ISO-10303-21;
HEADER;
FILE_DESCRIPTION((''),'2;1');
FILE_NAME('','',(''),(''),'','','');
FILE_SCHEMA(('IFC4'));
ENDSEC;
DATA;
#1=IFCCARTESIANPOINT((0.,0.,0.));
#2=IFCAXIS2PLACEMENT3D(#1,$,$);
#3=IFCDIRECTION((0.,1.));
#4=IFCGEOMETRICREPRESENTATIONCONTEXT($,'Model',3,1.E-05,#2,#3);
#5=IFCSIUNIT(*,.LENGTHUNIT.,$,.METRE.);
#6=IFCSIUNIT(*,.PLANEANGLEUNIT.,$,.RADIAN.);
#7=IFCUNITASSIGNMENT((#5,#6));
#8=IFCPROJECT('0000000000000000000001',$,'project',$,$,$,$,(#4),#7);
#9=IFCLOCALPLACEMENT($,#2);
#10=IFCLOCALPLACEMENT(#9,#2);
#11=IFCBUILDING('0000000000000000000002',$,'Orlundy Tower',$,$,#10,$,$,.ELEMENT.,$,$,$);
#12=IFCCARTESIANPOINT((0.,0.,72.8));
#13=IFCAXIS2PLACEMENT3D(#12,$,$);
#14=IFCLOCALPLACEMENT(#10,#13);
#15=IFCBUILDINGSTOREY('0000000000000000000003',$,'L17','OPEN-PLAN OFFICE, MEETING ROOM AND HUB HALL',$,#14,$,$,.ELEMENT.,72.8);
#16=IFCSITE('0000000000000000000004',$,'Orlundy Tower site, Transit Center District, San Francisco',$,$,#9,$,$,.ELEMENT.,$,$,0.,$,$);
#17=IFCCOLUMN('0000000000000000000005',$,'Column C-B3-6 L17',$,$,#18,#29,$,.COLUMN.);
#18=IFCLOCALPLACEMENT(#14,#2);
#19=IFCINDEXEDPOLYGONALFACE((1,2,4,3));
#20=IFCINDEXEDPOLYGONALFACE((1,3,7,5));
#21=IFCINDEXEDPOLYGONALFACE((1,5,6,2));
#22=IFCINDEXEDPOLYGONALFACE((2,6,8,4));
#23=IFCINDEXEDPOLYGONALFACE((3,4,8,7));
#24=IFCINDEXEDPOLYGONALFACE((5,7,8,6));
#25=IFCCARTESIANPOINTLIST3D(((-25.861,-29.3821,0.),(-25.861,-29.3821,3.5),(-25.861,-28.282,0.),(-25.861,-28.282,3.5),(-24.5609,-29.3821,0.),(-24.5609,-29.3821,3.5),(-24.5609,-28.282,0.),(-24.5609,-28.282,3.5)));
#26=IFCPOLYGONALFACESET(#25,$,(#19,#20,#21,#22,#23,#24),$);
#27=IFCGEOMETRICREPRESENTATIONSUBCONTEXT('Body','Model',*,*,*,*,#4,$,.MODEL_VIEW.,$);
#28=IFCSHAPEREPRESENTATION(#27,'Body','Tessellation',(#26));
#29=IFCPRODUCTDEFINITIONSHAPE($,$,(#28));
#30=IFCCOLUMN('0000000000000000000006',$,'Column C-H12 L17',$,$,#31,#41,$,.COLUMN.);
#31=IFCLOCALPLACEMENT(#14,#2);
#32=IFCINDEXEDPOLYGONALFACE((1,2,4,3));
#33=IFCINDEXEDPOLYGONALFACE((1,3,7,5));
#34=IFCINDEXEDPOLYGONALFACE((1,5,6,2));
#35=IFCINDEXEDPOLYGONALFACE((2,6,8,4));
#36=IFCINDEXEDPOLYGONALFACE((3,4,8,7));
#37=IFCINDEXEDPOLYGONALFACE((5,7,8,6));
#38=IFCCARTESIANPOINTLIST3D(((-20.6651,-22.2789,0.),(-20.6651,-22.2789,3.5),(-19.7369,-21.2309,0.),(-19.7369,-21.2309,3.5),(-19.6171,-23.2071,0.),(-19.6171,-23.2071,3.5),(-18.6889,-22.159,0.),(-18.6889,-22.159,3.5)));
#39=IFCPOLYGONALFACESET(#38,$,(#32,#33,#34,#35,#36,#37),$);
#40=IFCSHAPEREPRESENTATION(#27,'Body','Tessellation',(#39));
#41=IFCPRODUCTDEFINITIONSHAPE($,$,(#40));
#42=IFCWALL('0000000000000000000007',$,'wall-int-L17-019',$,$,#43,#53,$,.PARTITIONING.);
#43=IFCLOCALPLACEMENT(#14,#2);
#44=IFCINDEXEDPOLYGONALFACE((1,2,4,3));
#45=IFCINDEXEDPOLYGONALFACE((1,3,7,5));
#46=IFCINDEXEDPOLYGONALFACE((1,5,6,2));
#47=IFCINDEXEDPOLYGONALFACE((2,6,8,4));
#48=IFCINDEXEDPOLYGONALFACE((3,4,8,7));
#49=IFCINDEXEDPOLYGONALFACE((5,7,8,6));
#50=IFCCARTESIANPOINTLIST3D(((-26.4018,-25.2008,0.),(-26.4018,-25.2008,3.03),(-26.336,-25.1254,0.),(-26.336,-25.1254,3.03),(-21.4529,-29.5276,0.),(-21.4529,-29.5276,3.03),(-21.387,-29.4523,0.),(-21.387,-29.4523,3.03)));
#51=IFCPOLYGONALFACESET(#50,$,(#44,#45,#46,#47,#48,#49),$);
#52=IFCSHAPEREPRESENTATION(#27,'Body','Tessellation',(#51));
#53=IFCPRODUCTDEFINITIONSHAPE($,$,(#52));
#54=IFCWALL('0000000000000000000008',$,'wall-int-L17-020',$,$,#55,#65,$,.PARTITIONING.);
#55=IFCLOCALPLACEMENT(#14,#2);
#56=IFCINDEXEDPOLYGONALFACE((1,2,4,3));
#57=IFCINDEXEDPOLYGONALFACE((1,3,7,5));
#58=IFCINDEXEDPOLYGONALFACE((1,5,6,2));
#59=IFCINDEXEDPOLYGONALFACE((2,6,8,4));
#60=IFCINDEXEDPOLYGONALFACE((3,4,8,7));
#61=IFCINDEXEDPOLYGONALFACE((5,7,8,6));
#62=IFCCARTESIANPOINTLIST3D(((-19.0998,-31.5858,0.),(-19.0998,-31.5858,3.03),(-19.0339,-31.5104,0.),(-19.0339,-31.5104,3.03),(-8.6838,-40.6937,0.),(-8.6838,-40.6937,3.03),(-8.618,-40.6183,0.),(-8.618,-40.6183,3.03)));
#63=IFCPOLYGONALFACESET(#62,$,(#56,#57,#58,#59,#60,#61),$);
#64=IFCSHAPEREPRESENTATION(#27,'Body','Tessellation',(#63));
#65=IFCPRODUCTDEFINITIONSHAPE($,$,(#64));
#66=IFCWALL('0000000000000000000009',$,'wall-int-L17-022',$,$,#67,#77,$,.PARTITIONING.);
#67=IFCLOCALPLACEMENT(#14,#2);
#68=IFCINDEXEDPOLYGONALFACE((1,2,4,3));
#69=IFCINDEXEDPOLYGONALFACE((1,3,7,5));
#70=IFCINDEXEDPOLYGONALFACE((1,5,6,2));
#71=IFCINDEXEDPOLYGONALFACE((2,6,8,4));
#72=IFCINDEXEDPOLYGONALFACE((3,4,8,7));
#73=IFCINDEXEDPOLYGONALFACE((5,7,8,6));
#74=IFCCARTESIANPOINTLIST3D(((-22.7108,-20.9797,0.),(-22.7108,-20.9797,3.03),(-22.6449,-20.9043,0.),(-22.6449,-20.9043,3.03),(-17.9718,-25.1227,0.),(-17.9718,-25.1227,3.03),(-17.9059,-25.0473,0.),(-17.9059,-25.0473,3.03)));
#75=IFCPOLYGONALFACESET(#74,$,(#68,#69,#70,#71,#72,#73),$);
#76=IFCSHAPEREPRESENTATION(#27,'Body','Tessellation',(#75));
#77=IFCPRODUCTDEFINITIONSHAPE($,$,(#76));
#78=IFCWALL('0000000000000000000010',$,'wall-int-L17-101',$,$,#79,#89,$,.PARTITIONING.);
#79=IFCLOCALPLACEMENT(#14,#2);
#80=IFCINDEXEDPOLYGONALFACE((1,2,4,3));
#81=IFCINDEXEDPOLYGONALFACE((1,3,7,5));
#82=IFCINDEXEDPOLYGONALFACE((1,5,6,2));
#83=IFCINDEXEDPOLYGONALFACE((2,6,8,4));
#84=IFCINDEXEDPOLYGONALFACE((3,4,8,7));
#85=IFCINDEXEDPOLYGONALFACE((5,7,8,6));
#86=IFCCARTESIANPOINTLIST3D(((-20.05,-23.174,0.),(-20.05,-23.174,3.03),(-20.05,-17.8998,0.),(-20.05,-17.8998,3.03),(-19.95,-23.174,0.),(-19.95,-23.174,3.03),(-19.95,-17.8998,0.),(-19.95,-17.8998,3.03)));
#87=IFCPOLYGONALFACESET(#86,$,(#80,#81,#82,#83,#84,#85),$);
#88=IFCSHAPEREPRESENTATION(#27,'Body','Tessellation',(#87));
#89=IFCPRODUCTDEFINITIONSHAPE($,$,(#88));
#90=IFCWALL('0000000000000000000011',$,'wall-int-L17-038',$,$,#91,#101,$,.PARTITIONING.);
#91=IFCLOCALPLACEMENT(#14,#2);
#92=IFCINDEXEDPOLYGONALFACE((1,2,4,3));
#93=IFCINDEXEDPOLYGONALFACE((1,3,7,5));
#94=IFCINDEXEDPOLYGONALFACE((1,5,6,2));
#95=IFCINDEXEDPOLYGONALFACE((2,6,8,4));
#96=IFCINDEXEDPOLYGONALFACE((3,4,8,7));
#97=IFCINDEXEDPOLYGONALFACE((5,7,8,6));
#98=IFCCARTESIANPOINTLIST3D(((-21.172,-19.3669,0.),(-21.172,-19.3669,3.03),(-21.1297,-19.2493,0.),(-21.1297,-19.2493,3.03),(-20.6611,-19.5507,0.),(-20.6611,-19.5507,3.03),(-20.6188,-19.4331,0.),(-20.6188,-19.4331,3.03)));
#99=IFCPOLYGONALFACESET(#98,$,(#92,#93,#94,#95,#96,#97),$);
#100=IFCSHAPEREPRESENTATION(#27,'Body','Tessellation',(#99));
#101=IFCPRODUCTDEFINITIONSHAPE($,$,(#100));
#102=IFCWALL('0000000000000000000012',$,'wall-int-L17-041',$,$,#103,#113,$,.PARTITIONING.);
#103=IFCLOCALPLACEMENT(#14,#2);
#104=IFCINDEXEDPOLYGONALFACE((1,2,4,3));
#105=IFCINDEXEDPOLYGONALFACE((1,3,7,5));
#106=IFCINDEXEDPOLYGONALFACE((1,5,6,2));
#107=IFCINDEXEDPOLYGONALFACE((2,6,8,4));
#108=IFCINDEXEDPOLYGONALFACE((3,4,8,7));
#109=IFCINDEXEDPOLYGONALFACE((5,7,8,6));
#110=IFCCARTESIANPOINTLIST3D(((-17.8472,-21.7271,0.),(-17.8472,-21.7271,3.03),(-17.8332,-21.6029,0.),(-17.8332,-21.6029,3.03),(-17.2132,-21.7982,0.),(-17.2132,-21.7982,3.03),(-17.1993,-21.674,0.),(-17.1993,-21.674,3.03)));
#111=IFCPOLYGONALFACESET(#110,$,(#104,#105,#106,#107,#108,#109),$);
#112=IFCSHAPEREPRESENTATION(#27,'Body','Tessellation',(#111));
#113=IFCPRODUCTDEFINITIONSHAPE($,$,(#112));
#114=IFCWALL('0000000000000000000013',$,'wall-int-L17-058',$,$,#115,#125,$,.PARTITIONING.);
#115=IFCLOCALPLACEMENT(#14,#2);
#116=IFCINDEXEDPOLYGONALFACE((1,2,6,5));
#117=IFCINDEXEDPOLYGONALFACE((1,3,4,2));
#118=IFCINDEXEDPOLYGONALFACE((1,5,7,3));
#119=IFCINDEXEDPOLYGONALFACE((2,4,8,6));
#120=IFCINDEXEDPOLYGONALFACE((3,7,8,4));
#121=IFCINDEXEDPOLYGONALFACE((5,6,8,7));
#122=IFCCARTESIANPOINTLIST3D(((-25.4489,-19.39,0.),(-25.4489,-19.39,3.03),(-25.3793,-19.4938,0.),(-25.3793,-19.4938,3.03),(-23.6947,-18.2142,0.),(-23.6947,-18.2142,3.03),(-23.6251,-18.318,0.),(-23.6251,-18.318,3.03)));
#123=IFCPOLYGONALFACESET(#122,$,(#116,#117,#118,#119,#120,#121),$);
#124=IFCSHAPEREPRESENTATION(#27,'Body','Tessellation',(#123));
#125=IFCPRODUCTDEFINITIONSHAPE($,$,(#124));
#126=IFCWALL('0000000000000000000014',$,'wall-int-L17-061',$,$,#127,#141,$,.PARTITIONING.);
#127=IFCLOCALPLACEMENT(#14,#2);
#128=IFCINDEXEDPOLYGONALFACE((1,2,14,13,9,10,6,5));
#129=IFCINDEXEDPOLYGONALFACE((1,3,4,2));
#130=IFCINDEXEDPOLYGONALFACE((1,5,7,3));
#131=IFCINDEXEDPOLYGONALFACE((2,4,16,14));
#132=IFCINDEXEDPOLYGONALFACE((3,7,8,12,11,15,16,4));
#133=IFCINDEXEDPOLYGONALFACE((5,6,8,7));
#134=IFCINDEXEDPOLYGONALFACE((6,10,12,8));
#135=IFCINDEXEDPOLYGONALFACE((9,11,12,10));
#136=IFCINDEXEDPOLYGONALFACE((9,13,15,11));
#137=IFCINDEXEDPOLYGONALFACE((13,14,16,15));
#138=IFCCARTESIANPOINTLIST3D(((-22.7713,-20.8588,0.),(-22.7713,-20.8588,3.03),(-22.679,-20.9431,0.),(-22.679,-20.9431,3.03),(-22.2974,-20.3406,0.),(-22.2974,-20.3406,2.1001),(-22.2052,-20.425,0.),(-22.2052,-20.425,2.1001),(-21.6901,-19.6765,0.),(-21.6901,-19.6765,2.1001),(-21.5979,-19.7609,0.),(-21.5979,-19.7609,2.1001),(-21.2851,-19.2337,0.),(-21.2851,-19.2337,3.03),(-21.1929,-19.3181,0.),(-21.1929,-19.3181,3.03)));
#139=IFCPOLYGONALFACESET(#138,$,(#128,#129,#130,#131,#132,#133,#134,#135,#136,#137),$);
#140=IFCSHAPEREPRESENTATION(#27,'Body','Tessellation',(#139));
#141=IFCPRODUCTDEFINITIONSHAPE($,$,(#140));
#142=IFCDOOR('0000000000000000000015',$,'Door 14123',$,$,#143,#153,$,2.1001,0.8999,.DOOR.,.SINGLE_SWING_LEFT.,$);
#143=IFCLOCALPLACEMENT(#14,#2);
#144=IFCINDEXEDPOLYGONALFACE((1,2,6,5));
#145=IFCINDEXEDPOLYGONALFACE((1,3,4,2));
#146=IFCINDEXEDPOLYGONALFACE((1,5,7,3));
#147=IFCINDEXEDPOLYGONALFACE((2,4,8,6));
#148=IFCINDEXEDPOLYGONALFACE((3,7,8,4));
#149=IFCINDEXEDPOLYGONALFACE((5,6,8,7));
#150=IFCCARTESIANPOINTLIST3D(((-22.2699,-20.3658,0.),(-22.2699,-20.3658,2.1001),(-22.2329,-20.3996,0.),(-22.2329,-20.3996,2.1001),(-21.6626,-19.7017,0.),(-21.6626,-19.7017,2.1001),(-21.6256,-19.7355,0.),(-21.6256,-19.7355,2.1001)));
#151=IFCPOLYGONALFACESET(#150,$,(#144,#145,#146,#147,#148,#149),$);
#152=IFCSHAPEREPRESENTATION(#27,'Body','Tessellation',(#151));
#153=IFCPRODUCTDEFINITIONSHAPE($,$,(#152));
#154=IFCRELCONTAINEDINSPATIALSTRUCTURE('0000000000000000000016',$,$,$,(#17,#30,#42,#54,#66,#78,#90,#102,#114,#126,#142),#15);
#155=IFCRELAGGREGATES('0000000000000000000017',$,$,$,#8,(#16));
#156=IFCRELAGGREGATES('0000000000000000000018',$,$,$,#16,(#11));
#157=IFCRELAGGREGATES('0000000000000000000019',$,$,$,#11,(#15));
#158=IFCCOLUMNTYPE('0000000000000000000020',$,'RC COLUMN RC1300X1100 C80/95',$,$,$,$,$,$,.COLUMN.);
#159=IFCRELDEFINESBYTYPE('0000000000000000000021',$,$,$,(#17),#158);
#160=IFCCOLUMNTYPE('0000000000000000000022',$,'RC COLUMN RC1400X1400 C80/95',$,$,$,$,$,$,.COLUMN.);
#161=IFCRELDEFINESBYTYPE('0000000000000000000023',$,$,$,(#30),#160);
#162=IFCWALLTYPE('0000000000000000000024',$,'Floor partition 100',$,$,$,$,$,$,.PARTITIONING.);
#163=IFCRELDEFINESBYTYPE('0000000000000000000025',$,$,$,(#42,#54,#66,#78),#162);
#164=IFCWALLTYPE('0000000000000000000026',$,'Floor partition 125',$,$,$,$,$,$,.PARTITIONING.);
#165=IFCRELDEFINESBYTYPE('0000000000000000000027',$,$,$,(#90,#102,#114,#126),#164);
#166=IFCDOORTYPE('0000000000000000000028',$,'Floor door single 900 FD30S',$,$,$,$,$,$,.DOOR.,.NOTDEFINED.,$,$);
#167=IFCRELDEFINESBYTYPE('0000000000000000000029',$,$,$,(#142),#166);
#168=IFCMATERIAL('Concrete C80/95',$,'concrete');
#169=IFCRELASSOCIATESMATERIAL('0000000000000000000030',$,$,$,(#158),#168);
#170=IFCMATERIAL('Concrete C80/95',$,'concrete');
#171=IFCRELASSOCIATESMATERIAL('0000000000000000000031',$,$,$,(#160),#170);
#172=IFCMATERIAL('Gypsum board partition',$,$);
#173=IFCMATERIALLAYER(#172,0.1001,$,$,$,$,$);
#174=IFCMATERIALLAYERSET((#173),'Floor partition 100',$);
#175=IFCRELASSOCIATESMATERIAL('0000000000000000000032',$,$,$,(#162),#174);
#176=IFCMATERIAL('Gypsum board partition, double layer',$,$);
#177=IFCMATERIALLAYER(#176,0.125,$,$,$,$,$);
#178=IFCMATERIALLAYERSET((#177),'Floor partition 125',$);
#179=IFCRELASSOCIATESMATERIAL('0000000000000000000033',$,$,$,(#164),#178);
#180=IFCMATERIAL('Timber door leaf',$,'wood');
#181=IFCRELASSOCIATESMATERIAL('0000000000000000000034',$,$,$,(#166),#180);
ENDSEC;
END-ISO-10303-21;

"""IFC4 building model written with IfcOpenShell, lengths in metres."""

from ifc_helpers import new_model, si_unit, direction, frame, frame_2d, origin, origin_2d, place, context, subcontext, project, spatial, rectangle, extrude, material, layer, layer_set, material_profile, profile_set, type_object, element, fill, save


model = new_model("IFC4")

# Units and contexts
model_context = context("Model", 3, precision=1e-05, world=origin(), true_north=direction((0.0, 1.0)))
body_context = subcontext(model_context, "Body", "Model", "MODEL_VIEW")
ifc_project = project(units=[si_unit("LENGTHUNIT", "METRE"), si_unit("PLANEANGLEUNIT", "RADIAN")], contexts=[model_context])

# Site, building, storey
site_placement = place(None, origin())
site = spatial("IfcSite", under=ifc_project, at=site_placement, Name="Orlundy Tower site, Transit Center District, San Francisco", CompositionType="ELEMENT", RefElevation=0.0)
building_placement = place(site_placement, origin())
building = spatial("IfcBuilding", under=site, at=building_placement, Name="Orlundy Tower", CompositionType="ELEMENT")
storey_placement = place(building_placement, frame((0.0, 0.0, 72.8)))
storey = spatial("IfcBuildingStorey", under=building, at=storey_placement, Name="L17", Description="OPEN-PLAN OFFICE, MEETING ROOM AND HUB HALL", CompositionType="ELEMENT", Elevation=72.8)

# Columns
ifc_material_1 = material(Name="Concrete C80/95", Category="concrete")
ifc_material_profile_1 = material_profile(ifc_material_1, rectangle(XDim=1.3, YDim=1.1001, at=origin_2d()), Name="RC1300X1100")
ifc_profile_set_1 = profile_set([ifc_material_profile_1], Name="Concrete C80/95")
column_type_1 = type_object("IfcColumnType", Name="RC COLUMN RC1300X1100 C80/95", PredefinedType="COLUMN", material=ifc_profile_set_1)
column_1_placement = place(storey_placement, frame((-25.2109, -28.832, 0.0), z_axis=(0.0, 0.0, 1.0), x_axis=(1.0, 0.0, 0.0)))
element("IfcColumn", 1, at=column_1_placement, inside=storey, type_object=column_type_1, Name="Column C-B3-6 L17", PredefinedType="COLUMN", context=body_context, shape_type="SweptSolid", body=[
    extrude(rectangle(XDim=1.3, YDim=1.1001, at=origin_2d()), origin(), (0.0, 0.0, 1.0), 3.5),
])
ifc_material_2 = material(Name="Concrete C80/95", Category="concrete")
ifc_material_profile_2 = material_profile(ifc_material_2, rectangle(XDim=1.3999, YDim=1.3999, at=origin_2d()), Name="RC1400X1400")
ifc_profile_set_2 = profile_set([ifc_material_profile_2], Name="Concrete C80/95")
column_type_2 = type_object("IfcColumnType", Name="RC COLUMN RC1400X1400 C80/95", PredefinedType="COLUMN", material=ifc_profile_set_2)
column_2_placement = place(storey_placement, frame((-19.677, -22.219, 0.0), z_axis=(0.0, 0.0, 1.0), x_axis=(-0.662986, -0.748632, 0.0)))
element("IfcColumn", 2, at=column_2_placement, inside=storey, type_object=column_type_2, Name="Column C-H12 L17", PredefinedType="COLUMN", context=body_context, shape_type="SweptSolid", body=[
    extrude(rectangle(XDim=1.3999, YDim=1.3999, at=origin_2d()), origin(), (0.0, 0.0, 1.0), 3.5),
])

# Walls
ifc_material_3 = material(Name="Gypsum board partition")
ifc_layer_1 = layer(ifc_material_3, 0.1001)
ifc_layer_set_1 = layer_set([ifc_layer_1], Name="Floor partition 100")
wall_type_1 = type_object("IfcWallType", Name="Floor partition 100", PredefinedType="PARTITIONING", material=ifc_layer_set_1)
wall_1_placement = place(storey_placement, frame((-26.3689, -25.1631, 0.0), z_axis=(0.0, 0.0, 1.0), x_axis=(0.752837, -0.658207, 0.0)))
element("IfcWall", 3, at=wall_1_placement, inside=storey, type_object=wall_type_1, Name="wall-int-L17-019", PredefinedType="PARTITIONING", context=body_context, shape_type="SweptSolid", body=[
    extrude(rectangle(XDim=6.5737, YDim=0.1001, at=frame_2d((3.2869, 0.0))), origin(), (0.0, 0.0, 1.0), 3.03),
])
wall_2_placement = place(storey_placement, frame((-19.0669, -31.5481, 0.0), z_axis=(0.0, 0.0, 1.0), x_axis=(0.752795, -0.658255, 0.0)))
element("IfcWall", 4, at=wall_2_placement, inside=storey, type_object=wall_type_1, Name="wall-int-L17-020", PredefinedType="PARTITIONING", context=body_context, shape_type="SweptSolid", body=[
    extrude(rectangle(XDim=13.8364, YDim=0.1001, at=frame_2d((6.9182, 0.0))), origin(), (0.0, 0.0, 1.0), 3.03),
])
wall_3_placement = place(storey_placement, frame((-22.678, -20.9419, 0.0), z_axis=(0.0, 0.0, 1.0), x_axis=(0.752858, -0.658183, 0.0)))
element("IfcWall", 5, at=wall_3_placement, inside=storey, type_object=wall_type_1, Name="wall-int-L17-022", PredefinedType="PARTITIONING", context=body_context, shape_type="SweptSolid", body=[
    extrude(rectangle(XDim=6.2947, YDim=0.1001, at=frame_2d((3.1475, 0.0))), origin(), (0.0, 0.0, 1.0), 3.03),
])
wall_4_placement = place(storey_placement, frame((-20.0, -23.1741, 0.0), z_axis=(0.0, 0.0, 1.0), x_axis=(0.0, 1.0, 0.0)))
element("IfcWall", 6, at=wall_4_placement, inside=storey, type_object=wall_type_1, Name="wall-int-L17-101", PredefinedType="PARTITIONING", context=body_context, shape_type="SweptSolid", body=[
    extrude(rectangle(XDim=5.2742, YDim=0.1001, at=frame_2d((2.6372, 0.0))), origin(), (0.0, 0.0, 1.0), 3.03),
])
ifc_material_4 = material(Name="Gypsum board partition, double layer")
ifc_layer_2 = layer(ifc_material_4, 0.125)
ifc_layer_set_2 = layer_set([ifc_layer_2], Name="Floor partition 125")
wall_type_2 = type_object("IfcWallType", Name="Floor partition 125", PredefinedType="PARTITIONING", material=ifc_layer_set_2)
wall_5_placement = place(storey_placement, frame((-21.1509, -19.3081, 0.0), z_axis=(0.0, 0.0, 1.0), x_axis=(0.940956, -0.338528, 0.0)))
element("IfcWall", 7, at=wall_5_placement, inside=storey, type_object=wall_type_2, Name="wall-int-L17-038", PredefinedType="PARTITIONING", context=body_context, shape_type="SweptSolid", body=[
    extrude(rectangle(XDim=0.543, YDim=0.125, at=frame_2d((0.2715, 0.0))), origin(), (0.0, 0.0, 1.0), 3.03),
])
wall_6_placement = place(storey_placement, frame((-17.8401, -21.665, 0.0), z_axis=(0.0, 0.0, 1.0), x_axis=(0.993781, -0.111355, 0.0)))
element("IfcWall", 8, at=wall_6_placement, inside=storey, type_object=wall_type_2, Name="wall-int-L17-041", PredefinedType="PARTITIONING", context=body_context, shape_type="SweptSolid", body=[
    extrude(rectangle(XDim=0.6379, YDim=0.125, at=frame_2d((0.3188, 0.0))), origin(), (0.0, 0.0, 1.0), 3.03),
])
wall_7_placement = place(storey_placement, frame((-23.6599, -18.2661, 0.0), z_axis=(0.0, 0.0, 1.0), x_axis=(-0.83066, -0.556779, 0.0)))
element("IfcWall", 9, at=wall_7_placement, inside=storey, type_object=wall_type_2, Name="wall-int-L17-058", PredefinedType="PARTITIONING", context=body_context, shape_type="SweptSolid", body=[
    extrude(rectangle(XDim=2.1118, YDim=0.125, at=frame_2d((1.0559, 0.0))), origin(), (0.0, 0.0, 1.0), 3.03),
])

# Wall, opening, door
wall_8_placement = place(storey_placement, frame((-21.239, -19.2759, 0.0), z_axis=(0.0, 0.0, 1.0), x_axis=(-0.674861, -0.737945, 0.0)))
wall_8 = element("IfcWall", 10, at=wall_8_placement, inside=storey, type_object=wall_type_2, Name="wall-int-L17-061", PredefinedType="PARTITIONING", context=body_context, shape_type="SweptSolid", body=[
    extrude(rectangle(XDim=2.2021, YDim=0.125, at=frame_2d((1.1011, 0.0))), origin(), (0.0, 0.0, 1.0), 3.03),
])
opening_1_placement = place(wall_8_placement, frame((0.6001, 0.0, 0.0)))
opening_1 = element("IfcOpeningElement", 11, at=opening_1_placement, cuts=wall_8, PredefinedType="OPENING", context=body_context, shape_type="SweptSolid", body=[
    extrude(rectangle(XDim=0.8999, YDim=2.1001, at=frame_2d((0.45, 1.05))), frame((0.0, 0.0725, 0.0), z_axis=(0.0, -1.0, 0.0), x_axis=(1.0, 0.0, 0.0)), (0.0, 0.0, 1.0), 0.145),
])
ifc_material_5 = material(Name="Timber door leaf", Category="wood")
door_type = type_object("IfcDoorType", Name="Floor door single 900 FD30S", OperationType="NOTDEFINED", PredefinedType="DOOR", material=ifc_material_5)
door_1_placement = place(opening_1_placement, origin())
door_1 = element("IfcDoor", 12, at=door_1_placement, inside=storey, type_object=door_type, Name="Door 14123", OperationType="SINGLE_SWING_LEFT", OverallHeight=2.1001, OverallWidth=0.8999, PredefinedType="DOOR", context=body_context, shape_type="SweptSolid", body=[
    extrude(rectangle(XDim=0.8999, YDim=2.1001, at=frame_2d((0.45, 1.05))), frame((0.0, 0.0249, 0.0), z_axis=(0.0, -1.0, 0.0), x_axis=(1.0, 0.0, 0.0)), (0.0, 0.0, 1.0), 0.05),
])
fill(opening_1, door_1)

save(model, "model.ifc")
